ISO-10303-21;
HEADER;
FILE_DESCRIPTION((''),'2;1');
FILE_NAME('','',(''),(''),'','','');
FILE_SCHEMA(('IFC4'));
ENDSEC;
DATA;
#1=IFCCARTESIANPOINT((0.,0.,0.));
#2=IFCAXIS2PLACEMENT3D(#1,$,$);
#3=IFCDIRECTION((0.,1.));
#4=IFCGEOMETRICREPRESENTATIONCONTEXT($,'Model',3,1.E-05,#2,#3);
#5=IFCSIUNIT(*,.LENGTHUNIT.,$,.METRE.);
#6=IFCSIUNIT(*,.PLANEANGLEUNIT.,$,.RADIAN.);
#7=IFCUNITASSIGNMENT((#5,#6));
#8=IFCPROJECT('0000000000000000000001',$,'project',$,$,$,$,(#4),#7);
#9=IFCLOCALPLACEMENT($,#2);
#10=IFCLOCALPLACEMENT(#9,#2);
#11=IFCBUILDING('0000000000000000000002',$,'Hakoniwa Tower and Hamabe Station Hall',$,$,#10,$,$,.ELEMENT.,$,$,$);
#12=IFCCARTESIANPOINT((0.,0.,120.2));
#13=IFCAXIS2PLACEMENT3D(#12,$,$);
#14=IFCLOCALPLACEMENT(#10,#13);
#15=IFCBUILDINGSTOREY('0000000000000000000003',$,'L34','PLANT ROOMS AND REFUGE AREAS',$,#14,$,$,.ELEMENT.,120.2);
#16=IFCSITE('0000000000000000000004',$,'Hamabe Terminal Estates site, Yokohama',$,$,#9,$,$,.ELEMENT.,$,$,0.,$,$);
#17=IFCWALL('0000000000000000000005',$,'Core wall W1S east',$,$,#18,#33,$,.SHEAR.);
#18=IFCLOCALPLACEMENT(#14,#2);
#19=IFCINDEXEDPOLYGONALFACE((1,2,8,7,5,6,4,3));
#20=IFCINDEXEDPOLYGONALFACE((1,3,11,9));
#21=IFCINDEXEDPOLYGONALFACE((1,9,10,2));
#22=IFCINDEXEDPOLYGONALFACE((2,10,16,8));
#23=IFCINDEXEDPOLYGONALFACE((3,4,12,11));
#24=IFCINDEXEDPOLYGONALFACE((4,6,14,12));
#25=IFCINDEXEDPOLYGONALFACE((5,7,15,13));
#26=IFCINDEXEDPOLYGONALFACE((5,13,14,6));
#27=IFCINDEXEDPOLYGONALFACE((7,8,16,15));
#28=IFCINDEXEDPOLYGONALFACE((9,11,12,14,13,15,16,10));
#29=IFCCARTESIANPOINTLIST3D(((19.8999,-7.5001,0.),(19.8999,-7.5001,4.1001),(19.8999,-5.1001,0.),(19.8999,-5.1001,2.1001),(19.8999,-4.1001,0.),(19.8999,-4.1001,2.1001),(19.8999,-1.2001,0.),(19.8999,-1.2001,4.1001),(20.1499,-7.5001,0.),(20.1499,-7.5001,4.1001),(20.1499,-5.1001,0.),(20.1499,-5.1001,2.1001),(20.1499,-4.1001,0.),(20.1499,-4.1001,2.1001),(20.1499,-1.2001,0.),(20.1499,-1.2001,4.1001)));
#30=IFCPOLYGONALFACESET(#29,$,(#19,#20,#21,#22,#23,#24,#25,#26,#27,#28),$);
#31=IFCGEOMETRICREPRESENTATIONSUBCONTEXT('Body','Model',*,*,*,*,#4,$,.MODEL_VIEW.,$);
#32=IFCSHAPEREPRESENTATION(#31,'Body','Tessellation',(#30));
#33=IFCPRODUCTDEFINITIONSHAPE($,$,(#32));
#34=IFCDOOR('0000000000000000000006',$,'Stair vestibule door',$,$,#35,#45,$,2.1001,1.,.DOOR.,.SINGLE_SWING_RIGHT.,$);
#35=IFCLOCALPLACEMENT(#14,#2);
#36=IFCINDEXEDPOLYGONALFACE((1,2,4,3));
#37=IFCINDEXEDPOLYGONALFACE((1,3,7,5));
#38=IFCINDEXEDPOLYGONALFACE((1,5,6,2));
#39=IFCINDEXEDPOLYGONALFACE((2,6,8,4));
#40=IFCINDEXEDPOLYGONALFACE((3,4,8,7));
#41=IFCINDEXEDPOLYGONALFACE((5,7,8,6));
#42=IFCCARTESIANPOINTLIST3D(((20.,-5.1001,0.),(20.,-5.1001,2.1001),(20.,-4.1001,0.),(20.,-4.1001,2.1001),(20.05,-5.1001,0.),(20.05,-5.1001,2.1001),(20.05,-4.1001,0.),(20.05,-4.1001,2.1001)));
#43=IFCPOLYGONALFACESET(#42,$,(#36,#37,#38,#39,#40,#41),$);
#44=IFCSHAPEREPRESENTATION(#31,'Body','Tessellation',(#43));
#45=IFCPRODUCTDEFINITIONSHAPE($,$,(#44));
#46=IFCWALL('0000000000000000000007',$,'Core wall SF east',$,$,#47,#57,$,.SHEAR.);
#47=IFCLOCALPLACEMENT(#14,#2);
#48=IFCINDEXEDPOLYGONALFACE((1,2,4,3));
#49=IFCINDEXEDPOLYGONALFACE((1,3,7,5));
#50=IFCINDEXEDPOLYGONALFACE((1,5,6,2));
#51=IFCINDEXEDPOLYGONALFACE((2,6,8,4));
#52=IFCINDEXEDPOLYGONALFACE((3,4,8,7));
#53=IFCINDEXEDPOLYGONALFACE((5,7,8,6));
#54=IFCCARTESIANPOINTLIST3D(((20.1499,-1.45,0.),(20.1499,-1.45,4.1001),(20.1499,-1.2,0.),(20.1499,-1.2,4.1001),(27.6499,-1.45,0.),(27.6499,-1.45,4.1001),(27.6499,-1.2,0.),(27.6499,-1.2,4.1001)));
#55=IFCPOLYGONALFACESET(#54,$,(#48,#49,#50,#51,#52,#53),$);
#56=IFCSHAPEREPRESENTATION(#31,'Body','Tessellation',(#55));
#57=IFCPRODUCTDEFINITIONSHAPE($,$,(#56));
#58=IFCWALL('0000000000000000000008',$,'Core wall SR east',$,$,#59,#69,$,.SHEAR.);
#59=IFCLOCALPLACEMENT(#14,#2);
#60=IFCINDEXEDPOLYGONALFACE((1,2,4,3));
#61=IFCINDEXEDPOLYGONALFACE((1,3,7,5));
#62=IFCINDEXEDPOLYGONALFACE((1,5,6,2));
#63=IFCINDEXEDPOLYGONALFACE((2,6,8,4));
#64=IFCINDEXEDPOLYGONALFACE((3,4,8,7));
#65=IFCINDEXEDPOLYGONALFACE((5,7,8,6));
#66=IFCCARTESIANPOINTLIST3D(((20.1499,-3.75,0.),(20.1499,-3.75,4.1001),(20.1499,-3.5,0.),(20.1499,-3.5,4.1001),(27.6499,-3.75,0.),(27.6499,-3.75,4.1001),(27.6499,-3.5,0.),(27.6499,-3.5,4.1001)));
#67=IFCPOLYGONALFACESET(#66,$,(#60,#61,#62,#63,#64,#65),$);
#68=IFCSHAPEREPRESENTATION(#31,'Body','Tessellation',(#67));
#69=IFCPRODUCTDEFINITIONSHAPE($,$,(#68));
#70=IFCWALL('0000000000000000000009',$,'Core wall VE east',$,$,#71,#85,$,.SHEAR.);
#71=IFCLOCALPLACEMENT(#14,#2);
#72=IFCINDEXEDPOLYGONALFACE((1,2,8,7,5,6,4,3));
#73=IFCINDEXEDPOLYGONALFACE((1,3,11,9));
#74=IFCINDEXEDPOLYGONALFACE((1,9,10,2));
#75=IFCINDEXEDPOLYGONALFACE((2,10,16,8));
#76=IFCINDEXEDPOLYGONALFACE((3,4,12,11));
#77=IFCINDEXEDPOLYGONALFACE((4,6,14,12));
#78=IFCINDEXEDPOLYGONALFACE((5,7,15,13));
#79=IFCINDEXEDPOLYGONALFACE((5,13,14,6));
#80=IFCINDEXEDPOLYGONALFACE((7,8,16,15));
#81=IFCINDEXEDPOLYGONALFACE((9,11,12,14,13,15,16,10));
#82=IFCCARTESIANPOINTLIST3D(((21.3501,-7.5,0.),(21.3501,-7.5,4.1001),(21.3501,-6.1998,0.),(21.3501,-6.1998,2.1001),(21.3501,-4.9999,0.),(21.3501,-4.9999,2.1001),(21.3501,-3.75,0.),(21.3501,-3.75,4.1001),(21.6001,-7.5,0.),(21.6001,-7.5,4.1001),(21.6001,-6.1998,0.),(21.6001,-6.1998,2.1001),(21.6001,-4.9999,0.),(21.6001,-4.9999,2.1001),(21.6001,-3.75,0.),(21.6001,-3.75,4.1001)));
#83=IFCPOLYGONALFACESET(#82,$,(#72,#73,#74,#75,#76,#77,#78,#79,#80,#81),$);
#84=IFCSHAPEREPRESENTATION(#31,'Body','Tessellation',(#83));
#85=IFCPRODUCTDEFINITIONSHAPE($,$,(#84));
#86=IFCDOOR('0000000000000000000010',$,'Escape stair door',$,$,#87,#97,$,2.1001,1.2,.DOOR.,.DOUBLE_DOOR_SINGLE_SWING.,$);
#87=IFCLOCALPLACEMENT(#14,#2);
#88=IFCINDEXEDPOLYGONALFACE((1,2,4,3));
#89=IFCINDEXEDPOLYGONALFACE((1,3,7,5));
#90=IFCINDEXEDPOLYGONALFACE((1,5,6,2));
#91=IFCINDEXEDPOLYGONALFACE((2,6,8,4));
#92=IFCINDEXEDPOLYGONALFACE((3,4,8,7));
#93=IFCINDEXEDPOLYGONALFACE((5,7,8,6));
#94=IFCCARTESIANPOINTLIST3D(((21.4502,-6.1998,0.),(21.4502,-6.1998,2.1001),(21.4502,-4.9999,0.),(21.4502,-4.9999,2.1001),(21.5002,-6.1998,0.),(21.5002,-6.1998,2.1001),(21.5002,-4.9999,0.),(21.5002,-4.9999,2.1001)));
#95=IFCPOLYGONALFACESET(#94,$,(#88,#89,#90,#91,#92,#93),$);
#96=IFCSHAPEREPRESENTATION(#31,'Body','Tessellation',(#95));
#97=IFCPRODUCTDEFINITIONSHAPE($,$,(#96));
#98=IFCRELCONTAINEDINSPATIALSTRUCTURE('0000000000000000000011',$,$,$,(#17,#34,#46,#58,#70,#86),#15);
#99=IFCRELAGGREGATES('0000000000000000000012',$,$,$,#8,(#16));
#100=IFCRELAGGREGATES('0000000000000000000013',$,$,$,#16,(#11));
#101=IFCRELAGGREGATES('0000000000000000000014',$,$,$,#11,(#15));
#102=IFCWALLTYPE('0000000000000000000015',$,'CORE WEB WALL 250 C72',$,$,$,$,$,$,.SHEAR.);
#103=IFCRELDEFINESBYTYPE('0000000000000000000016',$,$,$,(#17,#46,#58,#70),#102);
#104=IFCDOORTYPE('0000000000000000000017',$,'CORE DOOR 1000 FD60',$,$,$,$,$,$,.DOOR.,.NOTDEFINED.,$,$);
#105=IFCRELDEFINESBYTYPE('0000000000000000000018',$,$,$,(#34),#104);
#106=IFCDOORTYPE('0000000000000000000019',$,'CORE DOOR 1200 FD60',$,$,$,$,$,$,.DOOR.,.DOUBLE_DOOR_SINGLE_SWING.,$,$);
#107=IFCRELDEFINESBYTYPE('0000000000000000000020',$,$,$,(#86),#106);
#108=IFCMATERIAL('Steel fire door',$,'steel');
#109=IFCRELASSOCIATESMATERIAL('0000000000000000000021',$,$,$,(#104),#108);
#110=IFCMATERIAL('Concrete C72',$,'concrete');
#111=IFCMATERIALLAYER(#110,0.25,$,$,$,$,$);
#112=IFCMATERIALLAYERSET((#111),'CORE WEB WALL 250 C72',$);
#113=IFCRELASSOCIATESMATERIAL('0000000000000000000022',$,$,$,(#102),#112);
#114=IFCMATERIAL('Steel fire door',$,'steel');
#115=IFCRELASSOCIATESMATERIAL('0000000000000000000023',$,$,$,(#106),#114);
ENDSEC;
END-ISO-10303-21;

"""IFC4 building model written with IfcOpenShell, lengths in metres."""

from ifc_helpers import new_model, si_unit, direction, frame, frame_2d, origin, place, context, subcontext, project, spatial, rectangle, extrude, material, layer, layer_set, type_object, element, fill, save


model = new_model("IFC4")

# Units and contexts
model_context = context("Model", 3, precision=1e-05, world=origin(), true_north=direction((0.0, 1.0)))
body_context = subcontext(model_context, "Body", "Model", "MODEL_VIEW")
ifc_project = project(units=[si_unit("LENGTHUNIT", "METRE"), si_unit("PLANEANGLEUNIT", "RADIAN")], contexts=[model_context])

# Site, building, storey
site_placement = place(None, origin())
site = spatial("IfcSite", under=ifc_project, at=site_placement, Name="Hamabe Terminal Estates site, Yokohama", CompositionType="ELEMENT", RefElevation=0.0)
building_placement = place(site_placement, origin())
building = spatial("IfcBuilding", under=site, at=building_placement, Name="Hakoniwa Tower and Hamabe Station Hall", CompositionType="ELEMENT")
storey_placement = place(building_placement, frame((0.0, 0.0, 120.2)))
storey = spatial("IfcBuildingStorey", under=building, at=storey_placement, Name="L34", Description="PLANT ROOMS AND REFUGE AREAS", CompositionType="ELEMENT", Elevation=120.2)

# Wall, opening, door
ifc_material_1 = material(Name="Steel fire door", Category="steel")
door_type_1 = type_object("IfcDoorType", Name="CORE DOOR 1000 FD60", OperationType="NOTDEFINED", PredefinedType="DOOR", material=ifc_material_1)
ifc_material_2 = material(Name="Concrete C72", Category="concrete")
ifc_layer_1 = layer(ifc_material_2, 0.25)
ifc_layer_set_1 = layer_set([ifc_layer_1], Name="CORE WEB WALL 250 C72")
wall_type_1 = type_object("IfcWallType", Name="CORE WEB WALL 250 C72", PredefinedType="SHEAR", material=ifc_layer_set_1)
wall_1_placement = place(storey_placement, frame((20.0249, -7.5, 0.0), z_axis=(0.0, 0.0, 1.0), x_axis=(0.0, 1.0, 0.0)))
wall_1 = element("IfcWall", 1, at=wall_1_placement, inside=storey, type_object=wall_type_1, Name="Core wall W1S east", PredefinedType="SHEAR", context=body_context, shape_type="SweptSolid", body=[
    extrude(rectangle(XDim=6.3, YDim=0.25, at=frame_2d((3.1499, 0.0))), origin(), (0.0, 0.0, 1.0), 4.1001),
])
opening_1_placement = place(wall_1_placement, frame((2.3999, 0.0, 0.0)))
opening_1 = element("IfcOpeningElement", 2, at=opening_1_placement, cuts=wall_1, PredefinedType="OPENING", context=body_context, shape_type="SweptSolid", body=[
    extrude(rectangle(XDim=1.0, YDim=2.1001, at=frame_2d((0.5, 1.05))), frame((0.0, 0.135, 0.0), z_axis=(0.0, -1.0, 0.0), x_axis=(1.0, 0.0, 0.0)), (0.0, 0.0, 1.0), 0.27),
])
door_1_placement = place(opening_1_placement, origin())
door_1 = element("IfcDoor", 3, at=door_1_placement, inside=storey, type_object=door_type_1, Name="Stair vestibule door", OperationType="SINGLE_SWING_RIGHT", OverallHeight=2.1001, OverallWidth=1.0, PredefinedType="DOOR", context=body_context, shape_type="SweptSolid", body=[
    extrude(rectangle(XDim=1.0, YDim=2.1001, at=frame_2d((0.5, 1.05))), frame((0.0, 0.0249, 0.0), z_axis=(0.0, -1.0, 0.0), x_axis=(1.0, 0.0, 0.0)), (0.0, 0.0, 1.0), 0.05),
])
fill(opening_1, door_1)

# Walls
for number, where, z_axis, x_axis, name in (
    (4, (20.1499, -1.325, 0.0), (0.0, 0.0, 1.0), (1.0, 0.0, 0.0), "Core wall SF east"),
    (5, (20.1499, -3.625, 0.0), (0.0, 0.0, 1.0), (1.0, 0.0, 0.0), "Core wall SR east"),
):
    element("IfcWall", number, at=place(storey_placement, frame(where, z_axis=z_axis, x_axis=x_axis)), inside=storey, type_object=wall_type_1, Name=name, PredefinedType="SHEAR", context=body_context, shape_type="SweptSolid", body=[
        extrude(rectangle(XDim=7.5, YDim=0.25, at=frame_2d((3.75, 0.0))), origin(), (0.0, 0.0, 1.0), 4.1001),
    ])

# Wall, opening, door
wall_2_placement = place(storey_placement, frame((21.4751, -7.5, 0.0), z_axis=(0.0, 0.0, 1.0), x_axis=(0.0, 1.0, 0.0)))
wall_2 = element("IfcWall", 6, at=wall_2_placement, inside=storey, type_object=wall_type_1, Name="Core wall VE east", PredefinedType="SHEAR", context=body_context, shape_type="SweptSolid", body=[
    extrude(rectangle(XDim=3.75, YDim=0.25, at=frame_2d((1.875, 0.0))), origin(), (0.0, 0.0, 1.0), 4.1001),
])
opening_2_placement = place(wall_2_placement, frame((1.3, 0.0, 0.0)))
opening_2 = element("IfcOpeningElement", 7, at=opening_2_placement, cuts=wall_2, PredefinedType="OPENING", context=body_context, shape_type="SweptSolid", body=[
    extrude(rectangle(XDim=1.2, YDim=2.1001, at=frame_2d((0.6001, 1.05))), frame((0.0, 0.135, 0.0), z_axis=(0.0, -1.0, 0.0), x_axis=(1.0, 0.0, 0.0)), (0.0, 0.0, 1.0), 0.27),
])
ifc_material_3 = material(Name="Steel fire door", Category="steel")
door_type_2 = type_object("IfcDoorType", Name="CORE DOOR 1200 FD60", OperationType="DOUBLE_DOOR_SINGLE_SWING", PredefinedType="DOOR", material=ifc_material_3)
door_2_placement = place(opening_2_placement, origin())
door_2 = element("IfcDoor", 8, at=door_2_placement, inside=storey, type_object=door_type_2, Name="Escape stair door", OperationType="DOUBLE_DOOR_SINGLE_SWING", OverallHeight=2.1001, OverallWidth=1.2, PredefinedType="DOOR", context=body_context, shape_type="SweptSolid", body=[
    extrude(rectangle(XDim=1.2, YDim=2.1001, at=frame_2d((0.6001, 1.05))), frame((0.0, 0.0249, 0.0), z_axis=(0.0, -1.0, 0.0), x_axis=(1.0, 0.0, 0.0)), (0.0, 0.0, 1.0), 0.05),
])
fill(opening_2, door_2)

save(model, "model.ifc")
